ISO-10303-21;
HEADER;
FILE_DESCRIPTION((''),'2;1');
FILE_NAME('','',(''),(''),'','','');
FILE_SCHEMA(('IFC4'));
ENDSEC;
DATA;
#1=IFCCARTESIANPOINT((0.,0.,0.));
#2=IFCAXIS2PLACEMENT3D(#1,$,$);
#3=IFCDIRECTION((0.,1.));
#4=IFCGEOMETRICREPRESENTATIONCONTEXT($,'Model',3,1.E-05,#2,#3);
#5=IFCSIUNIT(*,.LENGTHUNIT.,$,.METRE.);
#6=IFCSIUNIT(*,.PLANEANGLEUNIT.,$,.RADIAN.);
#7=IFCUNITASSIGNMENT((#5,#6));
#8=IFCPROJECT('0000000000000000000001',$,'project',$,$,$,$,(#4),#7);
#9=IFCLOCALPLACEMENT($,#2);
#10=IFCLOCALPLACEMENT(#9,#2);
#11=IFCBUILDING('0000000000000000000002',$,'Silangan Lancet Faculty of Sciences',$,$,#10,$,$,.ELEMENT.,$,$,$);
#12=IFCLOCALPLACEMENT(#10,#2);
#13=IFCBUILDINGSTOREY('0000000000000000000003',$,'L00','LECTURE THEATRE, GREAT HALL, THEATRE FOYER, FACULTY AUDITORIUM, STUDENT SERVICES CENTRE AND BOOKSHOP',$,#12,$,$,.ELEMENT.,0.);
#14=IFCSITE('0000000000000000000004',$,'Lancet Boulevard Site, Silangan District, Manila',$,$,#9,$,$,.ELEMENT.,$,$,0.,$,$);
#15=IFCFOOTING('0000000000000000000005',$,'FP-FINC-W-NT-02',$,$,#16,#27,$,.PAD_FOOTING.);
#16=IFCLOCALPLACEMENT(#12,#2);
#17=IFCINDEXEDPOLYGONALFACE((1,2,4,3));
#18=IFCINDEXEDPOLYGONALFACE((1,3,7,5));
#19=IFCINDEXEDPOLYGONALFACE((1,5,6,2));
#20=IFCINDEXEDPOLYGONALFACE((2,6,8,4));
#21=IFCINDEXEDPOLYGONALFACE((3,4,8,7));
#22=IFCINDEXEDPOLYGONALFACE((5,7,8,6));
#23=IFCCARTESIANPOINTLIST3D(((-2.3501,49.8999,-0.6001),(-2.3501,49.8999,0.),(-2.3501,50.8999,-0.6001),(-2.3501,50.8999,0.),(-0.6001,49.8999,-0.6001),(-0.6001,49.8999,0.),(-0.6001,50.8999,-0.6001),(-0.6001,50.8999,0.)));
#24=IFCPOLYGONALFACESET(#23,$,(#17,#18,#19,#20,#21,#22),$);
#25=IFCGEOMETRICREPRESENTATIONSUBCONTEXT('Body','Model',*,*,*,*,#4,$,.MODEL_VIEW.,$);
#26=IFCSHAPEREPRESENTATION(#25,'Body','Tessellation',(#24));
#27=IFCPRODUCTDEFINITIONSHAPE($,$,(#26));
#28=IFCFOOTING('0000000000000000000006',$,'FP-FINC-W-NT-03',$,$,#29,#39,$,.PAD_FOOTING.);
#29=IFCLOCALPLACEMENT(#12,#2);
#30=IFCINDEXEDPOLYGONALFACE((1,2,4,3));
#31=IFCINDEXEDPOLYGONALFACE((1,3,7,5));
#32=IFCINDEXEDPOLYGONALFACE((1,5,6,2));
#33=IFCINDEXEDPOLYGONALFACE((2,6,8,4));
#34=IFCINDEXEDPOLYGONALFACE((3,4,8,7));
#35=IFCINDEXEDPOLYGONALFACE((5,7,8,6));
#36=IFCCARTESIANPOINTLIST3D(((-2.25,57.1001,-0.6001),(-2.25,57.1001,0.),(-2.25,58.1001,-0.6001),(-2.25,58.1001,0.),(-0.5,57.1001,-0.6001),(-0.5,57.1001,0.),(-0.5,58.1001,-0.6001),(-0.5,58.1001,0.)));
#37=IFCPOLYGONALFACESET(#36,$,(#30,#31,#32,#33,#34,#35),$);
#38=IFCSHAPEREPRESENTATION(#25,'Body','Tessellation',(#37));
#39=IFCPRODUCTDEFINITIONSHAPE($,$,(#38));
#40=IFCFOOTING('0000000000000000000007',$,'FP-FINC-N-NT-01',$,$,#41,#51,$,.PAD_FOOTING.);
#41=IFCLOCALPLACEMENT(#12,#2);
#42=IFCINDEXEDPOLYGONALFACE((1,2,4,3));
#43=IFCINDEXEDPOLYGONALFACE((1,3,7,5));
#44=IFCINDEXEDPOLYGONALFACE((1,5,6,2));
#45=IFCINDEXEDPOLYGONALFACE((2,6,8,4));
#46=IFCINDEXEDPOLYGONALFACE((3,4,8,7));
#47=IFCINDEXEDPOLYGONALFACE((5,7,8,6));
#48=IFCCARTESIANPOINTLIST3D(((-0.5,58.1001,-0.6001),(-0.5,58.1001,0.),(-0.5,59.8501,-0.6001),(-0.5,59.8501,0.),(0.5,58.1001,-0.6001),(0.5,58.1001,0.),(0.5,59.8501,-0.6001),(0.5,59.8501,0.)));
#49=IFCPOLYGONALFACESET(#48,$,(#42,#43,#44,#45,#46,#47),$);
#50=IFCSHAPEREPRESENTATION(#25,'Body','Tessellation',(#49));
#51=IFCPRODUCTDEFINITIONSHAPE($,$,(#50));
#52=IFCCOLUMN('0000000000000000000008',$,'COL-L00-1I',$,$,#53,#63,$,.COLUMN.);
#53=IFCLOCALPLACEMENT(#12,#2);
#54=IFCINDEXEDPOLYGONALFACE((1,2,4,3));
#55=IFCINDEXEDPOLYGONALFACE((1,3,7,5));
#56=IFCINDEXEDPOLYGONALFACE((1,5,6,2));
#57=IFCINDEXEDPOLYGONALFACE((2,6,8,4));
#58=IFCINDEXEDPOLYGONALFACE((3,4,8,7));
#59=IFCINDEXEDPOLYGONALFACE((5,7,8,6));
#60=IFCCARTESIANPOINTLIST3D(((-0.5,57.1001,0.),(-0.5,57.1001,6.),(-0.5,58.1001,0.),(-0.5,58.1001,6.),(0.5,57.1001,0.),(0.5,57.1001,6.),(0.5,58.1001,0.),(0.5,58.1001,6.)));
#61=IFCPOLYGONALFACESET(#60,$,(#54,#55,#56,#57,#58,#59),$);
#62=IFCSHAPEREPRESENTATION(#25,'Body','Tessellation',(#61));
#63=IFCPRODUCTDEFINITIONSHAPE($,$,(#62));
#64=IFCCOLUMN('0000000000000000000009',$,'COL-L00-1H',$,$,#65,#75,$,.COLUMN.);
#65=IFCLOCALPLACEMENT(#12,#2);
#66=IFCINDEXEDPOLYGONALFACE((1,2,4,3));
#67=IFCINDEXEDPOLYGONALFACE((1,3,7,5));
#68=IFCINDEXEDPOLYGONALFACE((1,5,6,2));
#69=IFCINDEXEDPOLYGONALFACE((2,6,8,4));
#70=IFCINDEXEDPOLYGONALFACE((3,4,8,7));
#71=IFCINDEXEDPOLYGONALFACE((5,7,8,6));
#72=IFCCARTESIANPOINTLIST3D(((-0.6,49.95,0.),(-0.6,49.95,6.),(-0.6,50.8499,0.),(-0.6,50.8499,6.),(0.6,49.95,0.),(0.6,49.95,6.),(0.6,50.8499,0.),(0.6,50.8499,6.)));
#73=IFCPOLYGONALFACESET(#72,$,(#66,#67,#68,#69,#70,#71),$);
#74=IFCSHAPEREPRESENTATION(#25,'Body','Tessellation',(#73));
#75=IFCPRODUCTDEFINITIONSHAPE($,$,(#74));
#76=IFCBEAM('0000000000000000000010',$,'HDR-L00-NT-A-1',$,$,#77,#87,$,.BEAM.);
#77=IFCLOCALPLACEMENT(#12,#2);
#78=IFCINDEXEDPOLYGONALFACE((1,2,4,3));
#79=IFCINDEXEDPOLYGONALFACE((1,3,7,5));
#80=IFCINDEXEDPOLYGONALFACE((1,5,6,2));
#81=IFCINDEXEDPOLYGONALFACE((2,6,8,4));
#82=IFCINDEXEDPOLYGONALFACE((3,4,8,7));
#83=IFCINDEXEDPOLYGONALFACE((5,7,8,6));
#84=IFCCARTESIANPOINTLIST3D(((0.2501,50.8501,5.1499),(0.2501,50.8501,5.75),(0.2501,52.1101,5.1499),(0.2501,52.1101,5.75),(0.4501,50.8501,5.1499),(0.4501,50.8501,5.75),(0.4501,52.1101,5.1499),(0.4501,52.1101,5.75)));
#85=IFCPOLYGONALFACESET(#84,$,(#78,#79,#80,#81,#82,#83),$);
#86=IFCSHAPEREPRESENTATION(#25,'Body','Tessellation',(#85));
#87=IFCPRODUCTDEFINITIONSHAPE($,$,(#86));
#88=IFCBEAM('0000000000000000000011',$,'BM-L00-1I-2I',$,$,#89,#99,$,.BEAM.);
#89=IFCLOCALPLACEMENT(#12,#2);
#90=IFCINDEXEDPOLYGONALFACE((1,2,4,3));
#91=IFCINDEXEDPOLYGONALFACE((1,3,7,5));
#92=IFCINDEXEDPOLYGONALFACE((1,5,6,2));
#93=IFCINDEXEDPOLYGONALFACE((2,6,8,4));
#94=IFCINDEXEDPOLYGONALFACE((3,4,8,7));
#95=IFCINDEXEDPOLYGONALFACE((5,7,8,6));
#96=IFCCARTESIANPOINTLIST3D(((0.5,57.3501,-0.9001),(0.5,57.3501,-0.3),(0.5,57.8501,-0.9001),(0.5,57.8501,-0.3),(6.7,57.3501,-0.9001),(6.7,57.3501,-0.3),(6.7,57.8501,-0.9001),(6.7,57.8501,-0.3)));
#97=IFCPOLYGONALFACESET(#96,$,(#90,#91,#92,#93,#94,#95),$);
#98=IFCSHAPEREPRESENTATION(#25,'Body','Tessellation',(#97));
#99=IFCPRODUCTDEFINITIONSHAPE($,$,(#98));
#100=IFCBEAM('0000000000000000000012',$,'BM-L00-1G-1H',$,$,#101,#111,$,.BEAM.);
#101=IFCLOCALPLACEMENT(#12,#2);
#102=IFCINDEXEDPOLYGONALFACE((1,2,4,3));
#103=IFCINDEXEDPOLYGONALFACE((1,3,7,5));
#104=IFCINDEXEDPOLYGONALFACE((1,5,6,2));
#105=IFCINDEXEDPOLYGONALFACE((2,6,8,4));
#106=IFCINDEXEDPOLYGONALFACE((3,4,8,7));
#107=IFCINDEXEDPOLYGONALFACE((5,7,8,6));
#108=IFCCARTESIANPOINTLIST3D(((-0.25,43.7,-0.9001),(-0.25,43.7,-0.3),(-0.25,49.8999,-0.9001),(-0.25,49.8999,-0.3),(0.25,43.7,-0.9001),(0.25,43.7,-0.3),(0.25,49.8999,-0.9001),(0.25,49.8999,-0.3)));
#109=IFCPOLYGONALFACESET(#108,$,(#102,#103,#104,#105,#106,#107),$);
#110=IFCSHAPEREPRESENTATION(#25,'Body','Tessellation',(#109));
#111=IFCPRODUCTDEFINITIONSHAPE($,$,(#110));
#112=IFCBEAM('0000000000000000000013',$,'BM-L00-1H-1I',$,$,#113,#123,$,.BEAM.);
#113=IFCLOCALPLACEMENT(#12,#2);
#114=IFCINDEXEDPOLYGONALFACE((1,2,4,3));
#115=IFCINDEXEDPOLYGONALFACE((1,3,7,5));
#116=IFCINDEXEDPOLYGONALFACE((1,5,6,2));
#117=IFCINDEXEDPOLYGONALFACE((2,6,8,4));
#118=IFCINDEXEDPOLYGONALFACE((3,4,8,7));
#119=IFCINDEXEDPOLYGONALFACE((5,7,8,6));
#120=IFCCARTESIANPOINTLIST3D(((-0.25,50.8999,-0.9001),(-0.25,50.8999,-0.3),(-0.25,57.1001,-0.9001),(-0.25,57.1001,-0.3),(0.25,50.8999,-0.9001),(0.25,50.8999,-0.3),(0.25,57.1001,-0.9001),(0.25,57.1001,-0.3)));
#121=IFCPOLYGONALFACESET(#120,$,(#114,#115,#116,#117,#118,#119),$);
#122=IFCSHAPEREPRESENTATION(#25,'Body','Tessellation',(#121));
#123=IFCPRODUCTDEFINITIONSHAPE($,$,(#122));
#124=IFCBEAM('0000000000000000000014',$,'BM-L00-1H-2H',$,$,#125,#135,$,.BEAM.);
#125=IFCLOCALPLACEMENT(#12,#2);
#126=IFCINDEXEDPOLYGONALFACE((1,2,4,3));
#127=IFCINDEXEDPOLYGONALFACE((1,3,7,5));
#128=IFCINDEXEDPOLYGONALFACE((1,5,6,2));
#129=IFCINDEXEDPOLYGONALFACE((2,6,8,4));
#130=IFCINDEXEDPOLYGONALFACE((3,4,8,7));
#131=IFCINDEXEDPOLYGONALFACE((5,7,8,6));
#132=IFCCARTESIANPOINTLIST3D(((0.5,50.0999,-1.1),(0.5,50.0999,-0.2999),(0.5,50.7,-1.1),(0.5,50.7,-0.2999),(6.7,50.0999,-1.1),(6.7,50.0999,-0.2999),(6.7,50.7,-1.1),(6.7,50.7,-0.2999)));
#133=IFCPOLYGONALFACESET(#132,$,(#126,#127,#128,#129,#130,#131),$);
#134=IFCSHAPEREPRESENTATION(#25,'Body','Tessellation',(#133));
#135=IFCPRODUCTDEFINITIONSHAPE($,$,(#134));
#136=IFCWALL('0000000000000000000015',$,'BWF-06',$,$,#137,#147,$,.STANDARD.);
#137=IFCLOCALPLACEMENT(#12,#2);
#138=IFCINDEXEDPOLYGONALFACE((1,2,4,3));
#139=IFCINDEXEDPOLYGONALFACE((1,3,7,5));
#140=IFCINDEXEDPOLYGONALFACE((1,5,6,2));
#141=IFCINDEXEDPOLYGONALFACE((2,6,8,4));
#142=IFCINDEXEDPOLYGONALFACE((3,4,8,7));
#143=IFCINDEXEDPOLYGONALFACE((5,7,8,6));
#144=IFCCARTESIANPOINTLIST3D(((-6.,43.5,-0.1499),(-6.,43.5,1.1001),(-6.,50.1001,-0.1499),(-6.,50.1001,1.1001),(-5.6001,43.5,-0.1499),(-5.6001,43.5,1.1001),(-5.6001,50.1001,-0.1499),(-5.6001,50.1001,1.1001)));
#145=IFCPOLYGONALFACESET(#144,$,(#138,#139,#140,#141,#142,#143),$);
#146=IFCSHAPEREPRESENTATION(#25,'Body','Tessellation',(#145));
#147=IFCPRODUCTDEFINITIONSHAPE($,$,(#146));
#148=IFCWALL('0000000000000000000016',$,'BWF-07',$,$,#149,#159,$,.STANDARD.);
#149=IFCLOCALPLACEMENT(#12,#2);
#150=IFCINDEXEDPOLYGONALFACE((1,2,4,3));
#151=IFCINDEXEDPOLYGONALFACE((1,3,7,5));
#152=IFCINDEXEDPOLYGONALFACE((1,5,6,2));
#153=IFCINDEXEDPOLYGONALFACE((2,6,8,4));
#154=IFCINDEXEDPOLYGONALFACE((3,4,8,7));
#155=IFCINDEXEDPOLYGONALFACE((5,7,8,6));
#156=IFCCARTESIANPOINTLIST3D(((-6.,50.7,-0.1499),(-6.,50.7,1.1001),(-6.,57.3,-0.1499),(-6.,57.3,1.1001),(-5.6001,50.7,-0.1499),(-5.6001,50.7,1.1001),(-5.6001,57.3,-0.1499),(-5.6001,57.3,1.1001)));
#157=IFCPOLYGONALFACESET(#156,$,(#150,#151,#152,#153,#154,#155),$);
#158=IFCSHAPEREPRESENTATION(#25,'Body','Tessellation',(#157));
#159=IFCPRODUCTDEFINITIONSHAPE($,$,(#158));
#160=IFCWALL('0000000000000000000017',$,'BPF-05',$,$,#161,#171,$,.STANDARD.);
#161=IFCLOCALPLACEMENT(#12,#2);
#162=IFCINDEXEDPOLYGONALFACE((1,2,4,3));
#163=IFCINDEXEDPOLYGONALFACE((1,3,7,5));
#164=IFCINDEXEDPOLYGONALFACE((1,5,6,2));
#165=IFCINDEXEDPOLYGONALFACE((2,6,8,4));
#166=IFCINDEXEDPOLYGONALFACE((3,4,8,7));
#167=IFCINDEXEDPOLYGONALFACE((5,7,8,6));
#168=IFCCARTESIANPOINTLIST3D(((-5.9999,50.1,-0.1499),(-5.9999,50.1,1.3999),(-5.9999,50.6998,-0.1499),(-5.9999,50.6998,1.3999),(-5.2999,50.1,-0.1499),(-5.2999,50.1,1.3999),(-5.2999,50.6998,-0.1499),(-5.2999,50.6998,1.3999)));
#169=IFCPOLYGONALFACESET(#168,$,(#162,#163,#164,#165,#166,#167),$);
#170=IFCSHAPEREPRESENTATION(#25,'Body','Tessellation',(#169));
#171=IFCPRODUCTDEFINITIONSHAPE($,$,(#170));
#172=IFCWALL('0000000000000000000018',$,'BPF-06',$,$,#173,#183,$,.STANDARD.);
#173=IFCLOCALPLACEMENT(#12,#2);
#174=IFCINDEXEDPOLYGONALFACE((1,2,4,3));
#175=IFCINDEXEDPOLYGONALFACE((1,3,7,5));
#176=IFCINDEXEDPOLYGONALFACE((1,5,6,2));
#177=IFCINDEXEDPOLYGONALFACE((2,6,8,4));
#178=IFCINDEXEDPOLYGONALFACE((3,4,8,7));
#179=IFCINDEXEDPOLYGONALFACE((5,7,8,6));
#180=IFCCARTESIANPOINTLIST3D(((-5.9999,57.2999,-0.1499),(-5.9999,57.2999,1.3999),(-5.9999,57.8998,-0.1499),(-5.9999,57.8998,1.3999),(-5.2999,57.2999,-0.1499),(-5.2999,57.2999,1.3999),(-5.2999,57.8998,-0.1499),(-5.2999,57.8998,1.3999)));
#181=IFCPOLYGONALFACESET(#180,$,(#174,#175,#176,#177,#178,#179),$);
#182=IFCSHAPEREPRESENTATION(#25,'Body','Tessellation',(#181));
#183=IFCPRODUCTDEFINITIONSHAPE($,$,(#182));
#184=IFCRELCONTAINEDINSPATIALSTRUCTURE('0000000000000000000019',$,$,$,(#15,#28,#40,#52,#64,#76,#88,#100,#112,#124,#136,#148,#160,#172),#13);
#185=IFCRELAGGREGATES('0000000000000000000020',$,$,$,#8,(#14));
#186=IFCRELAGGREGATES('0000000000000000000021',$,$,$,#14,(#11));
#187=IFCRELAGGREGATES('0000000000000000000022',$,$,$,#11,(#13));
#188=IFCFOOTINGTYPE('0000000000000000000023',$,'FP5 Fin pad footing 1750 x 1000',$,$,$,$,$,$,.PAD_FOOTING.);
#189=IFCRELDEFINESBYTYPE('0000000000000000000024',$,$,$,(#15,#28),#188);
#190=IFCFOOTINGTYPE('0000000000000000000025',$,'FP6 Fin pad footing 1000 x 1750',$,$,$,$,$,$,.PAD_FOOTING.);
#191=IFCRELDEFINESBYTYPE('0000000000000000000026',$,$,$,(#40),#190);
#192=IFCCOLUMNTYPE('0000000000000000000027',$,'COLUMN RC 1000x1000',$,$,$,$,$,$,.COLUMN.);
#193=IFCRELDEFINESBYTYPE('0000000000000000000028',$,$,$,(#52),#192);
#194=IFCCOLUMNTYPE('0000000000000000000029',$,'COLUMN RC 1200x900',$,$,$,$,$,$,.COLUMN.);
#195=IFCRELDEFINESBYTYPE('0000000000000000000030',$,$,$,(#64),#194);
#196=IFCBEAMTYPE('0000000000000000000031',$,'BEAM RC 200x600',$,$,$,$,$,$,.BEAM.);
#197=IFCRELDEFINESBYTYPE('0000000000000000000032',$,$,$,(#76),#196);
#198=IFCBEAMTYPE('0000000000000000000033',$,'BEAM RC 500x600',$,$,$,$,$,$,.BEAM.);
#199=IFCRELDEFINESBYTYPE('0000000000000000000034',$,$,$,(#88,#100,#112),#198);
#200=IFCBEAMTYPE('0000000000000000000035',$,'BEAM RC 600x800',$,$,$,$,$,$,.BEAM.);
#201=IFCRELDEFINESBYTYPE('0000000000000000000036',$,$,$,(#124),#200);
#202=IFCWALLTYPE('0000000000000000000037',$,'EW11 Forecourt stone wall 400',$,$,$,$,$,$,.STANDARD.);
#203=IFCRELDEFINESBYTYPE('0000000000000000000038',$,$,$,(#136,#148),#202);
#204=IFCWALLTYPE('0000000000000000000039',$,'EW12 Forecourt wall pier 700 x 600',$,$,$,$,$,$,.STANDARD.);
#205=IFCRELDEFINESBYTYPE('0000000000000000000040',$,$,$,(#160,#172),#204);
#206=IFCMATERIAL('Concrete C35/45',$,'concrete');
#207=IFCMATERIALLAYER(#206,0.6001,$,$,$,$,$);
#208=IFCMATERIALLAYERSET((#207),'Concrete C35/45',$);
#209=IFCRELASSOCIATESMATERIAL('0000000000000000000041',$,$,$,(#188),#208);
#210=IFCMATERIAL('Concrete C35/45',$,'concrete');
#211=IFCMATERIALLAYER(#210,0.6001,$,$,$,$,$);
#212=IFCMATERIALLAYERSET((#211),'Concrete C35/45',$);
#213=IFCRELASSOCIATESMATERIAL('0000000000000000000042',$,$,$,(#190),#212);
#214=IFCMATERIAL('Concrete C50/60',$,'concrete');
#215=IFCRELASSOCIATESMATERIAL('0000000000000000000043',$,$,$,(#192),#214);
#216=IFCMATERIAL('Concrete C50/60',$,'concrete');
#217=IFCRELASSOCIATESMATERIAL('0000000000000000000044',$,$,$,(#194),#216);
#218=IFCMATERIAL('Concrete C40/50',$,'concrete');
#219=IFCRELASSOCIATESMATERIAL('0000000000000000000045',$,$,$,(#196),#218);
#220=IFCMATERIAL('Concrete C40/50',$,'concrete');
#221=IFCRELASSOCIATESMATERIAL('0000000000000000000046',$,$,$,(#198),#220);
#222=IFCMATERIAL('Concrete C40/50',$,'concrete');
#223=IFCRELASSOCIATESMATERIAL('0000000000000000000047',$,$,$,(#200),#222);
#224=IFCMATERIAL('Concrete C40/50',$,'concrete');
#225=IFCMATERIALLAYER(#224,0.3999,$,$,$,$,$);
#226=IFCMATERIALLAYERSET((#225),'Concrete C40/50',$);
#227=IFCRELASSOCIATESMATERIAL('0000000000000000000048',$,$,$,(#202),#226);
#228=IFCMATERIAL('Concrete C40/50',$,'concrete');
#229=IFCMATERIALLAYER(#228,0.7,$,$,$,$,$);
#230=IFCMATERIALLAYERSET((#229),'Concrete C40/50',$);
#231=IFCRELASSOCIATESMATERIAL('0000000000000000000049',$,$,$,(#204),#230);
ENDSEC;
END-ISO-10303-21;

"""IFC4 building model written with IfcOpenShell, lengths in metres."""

from ifc_helpers import new_model, si_unit, direction, frame, frame_2d, origin, origin_2d, place, context, subcontext, project, spatial, rectangle, extrude, material, layer, layer_set, material_profile, profile_set, type_object, element, save


model = new_model("IFC4")

# Units and contexts
model_context = context("Model", 3, precision=1e-05, world=origin(), true_north=direction((0.0, 1.0)))
body_context = subcontext(model_context, "Body", "Model", "MODEL_VIEW")
ifc_project = project(units=[si_unit("LENGTHUNIT", "METRE"), si_unit("PLANEANGLEUNIT", "RADIAN")], contexts=[model_context])

# Site, building, storey
site_placement = place(None, origin())
site = spatial("IfcSite", under=ifc_project, at=site_placement, Name="Lancet Boulevard Site, Silangan District, Manila", CompositionType="ELEMENT", RefElevation=0.0)
building_placement = place(site_placement, origin())
building = spatial("IfcBuilding", under=site, at=building_placement, Name="Silangan Lancet Faculty of Sciences", CompositionType="ELEMENT")
storey_placement = place(building_placement, origin())
storey = spatial("IfcBuildingStorey", under=building, at=storey_placement, Name="L00", Description="LECTURE THEATRE, GREAT HALL, THEATRE FOYER, FACULTY AUDITORIUM, STUDENT SERVICES CENTRE AND BOOKSHOP", CompositionType="ELEMENT", Elevation=0.0)

# Footings
ifc_material_1 = material(Name="Concrete C35/45", Category="concrete")
ifc_layer_1 = layer(ifc_material_1, 0.6001)
ifc_layer_set_1 = layer_set([ifc_layer_1], Name="Concrete C35/45")
footing_type_1 = type_object("IfcFootingType", Name="FP5 Fin pad footing 1750 x 1000", PredefinedType="PAD_FOOTING", material=ifc_layer_set_1)
for number, where, z_axis, x_axis, name in (
    (1, (-1.4751, 50.3999, -0.6001), (0.0, 0.0, 1.0), (1.0, 0.0, 0.0), "FP-FINC-W-NT-02"),
    (2, (-1.375, 57.6001, -0.6001), (0.0, 0.0, 1.0), (1.0, 0.0, 0.0), "FP-FINC-W-NT-03"),
):
    element("IfcFooting", number, at=place(storey_placement, frame(where, z_axis=z_axis, x_axis=x_axis)), inside=storey, type_object=footing_type_1, Name=name, PredefinedType="PAD_FOOTING", context=body_context, shape_type="SweptSolid", body=[
        extrude(rectangle(XDim=1.75, YDim=1.0, at=origin_2d()), origin(), (0.0, 0.0, 1.0), 0.6001),
    ])
ifc_material_2 = material(Name="Concrete C35/45", Category="concrete")
ifc_layer_2 = layer(ifc_material_2, 0.6001)
ifc_layer_set_2 = layer_set([ifc_layer_2], Name="Concrete C35/45")
footing_type_2 = type_object("IfcFootingType", Name="FP6 Fin pad footing 1000 x 1750", PredefinedType="PAD_FOOTING", material=ifc_layer_set_2)
footing_placement = place(storey_placement, frame((0.0, 58.9751, -0.6001), z_axis=(0.0, 0.0, 1.0), x_axis=(1.0, 0.0, 0.0)))
element("IfcFooting", 3, at=footing_placement, inside=storey, type_object=footing_type_2, Name="FP-FINC-N-NT-01", PredefinedType="PAD_FOOTING", context=body_context, shape_type="SweptSolid", body=[
    extrude(rectangle(XDim=1.0, YDim=1.75, at=origin_2d()), origin(), (0.0, 0.0, 1.0), 0.6001),
])

# Columns
ifc_material_3 = material(Name="Concrete C50/60", Category="concrete")
ifc_material_profile_1 = material_profile(ifc_material_3, rectangle(XDim=1.0, YDim=1.0, at=origin_2d()), Name="RC 1000x1000")
ifc_profile_set_1 = profile_set([ifc_material_profile_1], Name="Concrete C50/60")
column_type_1 = type_object("IfcColumnType", Name="COLUMN RC 1000x1000", PredefinedType="COLUMN", material=ifc_profile_set_1)
column_1_placement = place(storey_placement, frame((0.0, 57.6001, 0.0), z_axis=(0.0, 0.0, 1.0), x_axis=(1.0, 0.0, 0.0)))
element("IfcColumn", 4, at=column_1_placement, inside=storey, type_object=column_type_1, Name="COL-L00-1I", PredefinedType="COLUMN", context=body_context, shape_type="SweptSolid", body=[
    extrude(rectangle(XDim=1.0, YDim=1.0, at=origin_2d()), origin(), (0.0, 0.0, 1.0), 6.0),
])
ifc_material_4 = material(Name="Concrete C50/60", Category="concrete")
ifc_material_profile_2 = material_profile(ifc_material_4, rectangle(XDim=1.2, YDim=0.8999, at=origin_2d()), Name="RC 1200x900")
ifc_profile_set_2 = profile_set([ifc_material_profile_2], Name="Concrete C50/60")
column_type_2 = type_object("IfcColumnType", Name="COLUMN RC 1200x900", PredefinedType="COLUMN", material=ifc_profile_set_2)
column_2_placement = place(storey_placement, frame((0.0, 50.3999, 0.0), z_axis=(0.0, 0.0, 1.0), x_axis=(1.0, 0.0, 0.0)))
element("IfcColumn", 5, at=column_2_placement, inside=storey, type_object=column_type_2, Name="COL-L00-1H", PredefinedType="COLUMN", context=body_context, shape_type="SweptSolid", body=[
    extrude(rectangle(XDim=1.2, YDim=0.8999, at=origin_2d()), origin(), (0.0, 0.0, 1.0), 6.0),
])

# Beams
ifc_material_5 = material(Name="Concrete C40/50", Category="concrete")
ifc_material_profile_3 = material_profile(ifc_material_5, rectangle(XDim=0.2, YDim=0.6001, at=origin_2d()), Name="RC 200x600")
ifc_profile_set_3 = profile_set([ifc_material_profile_3], Name="Concrete C40/50")
beam_type_1 = type_object("IfcBeamType", Name="BEAM RC 200x600", PredefinedType="BEAM", material=ifc_profile_set_3)
beam_1_placement = place(storey_placement, frame((0.3501, 50.8501, 5.45), z_axis=(0.0, 1.0, 0.0), x_axis=(-1.0, 0.0, 0.0)))
element("IfcBeam", 6, at=beam_1_placement, inside=storey, type_object=beam_type_1, Name="HDR-L00-NT-A-1", PredefinedType="BEAM", context=body_context, shape_type="SweptSolid", body=[
    extrude(rectangle(XDim=0.2, YDim=0.6001, at=origin_2d()), origin(), (0.0, 0.0, 1.0), 1.26),
])
ifc_material_6 = material(Name="Concrete C40/50", Category="concrete")
ifc_material_profile_4 = material_profile(ifc_material_6, rectangle(XDim=0.5, YDim=0.6001, at=origin_2d()), Name="RC 500x600")
ifc_profile_set_4 = profile_set([ifc_material_profile_4], Name="Concrete C40/50")
beam_type_2 = type_object("IfcBeamType", Name="BEAM RC 500x600", PredefinedType="BEAM", material=ifc_profile_set_4)
for number, where, z_axis, x_axis, name in (
    (7, (0.5, 57.6001, -0.6001), (1.0, 0.0, 0.0), (0.0, 1.0, 0.0), "BM-L00-1I-2I"),
    (8, (0.0, 43.7, -0.6001), (0.0, 1.0, 0.0), (-1.0, 0.0, 0.0), "BM-L00-1G-1H"),
):
    element("IfcBeam", number, at=place(storey_placement, frame(where, z_axis=z_axis, x_axis=x_axis)), inside=storey, type_object=beam_type_2, Name=name, PredefinedType="BEAM", context=body_context, shape_type="SweptSolid", body=[
        extrude(rectangle(XDim=0.5, YDim=0.6001, at=origin_2d()), origin(), (0.0, 0.0, 1.0), 6.2),
    ])
beam_2_placement = place(storey_placement, frame((0.0, 50.8999, -0.6001), z_axis=(0.0, 1.0, 0.0), x_axis=(-1.0, 0.0, 0.0)))
element("IfcBeam", 9, at=beam_2_placement, inside=storey, type_object=beam_type_2, Name="BM-L00-1H-1I", PredefinedType="BEAM", context=body_context, shape_type="SweptSolid", body=[
    extrude(rectangle(XDim=0.5, YDim=0.6001, at=origin_2d()), origin(), (0.0, 0.0, 1.0), 6.2002),
])
ifc_material_7 = material(Name="Concrete C40/50", Category="concrete")
ifc_material_profile_5 = material_profile(ifc_material_7, rectangle(XDim=0.6001, YDim=0.8, at=origin_2d()), Name="RC 600x800")
ifc_profile_set_5 = profile_set([ifc_material_profile_5], Name="Concrete C40/50")
beam_type_3 = type_object("IfcBeamType", Name="BEAM RC 600x800", PredefinedType="BEAM", material=ifc_profile_set_5)
beam_3_placement = place(storey_placement, frame((0.5, 50.3999, -0.7), z_axis=(1.0, 0.0, 0.0), x_axis=(0.0, 1.0, 0.0)))
element("IfcBeam", 10, at=beam_3_placement, inside=storey, type_object=beam_type_3, Name="BM-L00-1H-2H", PredefinedType="BEAM", context=body_context, shape_type="SweptSolid", body=[
    extrude(rectangle(XDim=0.6001, YDim=0.8, at=origin_2d()), origin(), (0.0, 0.0, 1.0), 6.2),
])

# Walls
ifc_material_8 = material(Name="Concrete C40/50", Category="concrete")
ifc_layer_3 = layer(ifc_material_8, 0.3999)
ifc_layer_set_3 = layer_set([ifc_layer_3], Name="Concrete C40/50")
wall_type_1 = type_object("IfcWallType", Name="EW11 Forecourt stone wall 400", PredefinedType="STANDARD", material=ifc_layer_set_3)
for number, where, z_axis, x_axis, name in (
    (11, (-5.8, 43.5, -0.1499), (0.0, 0.0, 1.0), (0.0, 1.0, 0.0), "BWF-06"),
    (12, (-5.8, 50.7, -0.1499), (0.0, 0.0, 1.0), (0.0, 1.0, 0.0), "BWF-07"),
):
    element("IfcWall", number, at=place(storey_placement, frame(where, z_axis=z_axis, x_axis=x_axis)), inside=storey, type_object=wall_type_1, Name=name, PredefinedType="STANDARD", context=body_context, shape_type="SweptSolid", body=[
        extrude(rectangle(XDim=6.6001, YDim=0.3999, at=frame_2d((3.3, 0.0))), origin(), (0.0, 0.0, 1.0), 1.25),
    ])
ifc_material_9 = material(Name="Concrete C40/50", Category="concrete")
ifc_layer_4 = layer(ifc_material_9, 0.7)
ifc_layer_set_4 = layer_set([ifc_layer_4], Name="Concrete C40/50")
wall_type_2 = type_object("IfcWallType", Name="EW12 Forecourt wall pier 700 x 600", PredefinedType="STANDARD", material=ifc_layer_set_4)
for number, where, z_axis, x_axis, name in (
    (13, (-5.6499, 50.1001, -0.1499), (0.0, 0.0, 1.0), (0.0, 1.0, 0.0), "BPF-05"),
    (14, (-5.6499, 57.3, -0.1499), (0.0, 0.0, 1.0), (0.0, 1.0, 0.0), "BPF-06"),
):
    element("IfcWall", number, at=place(storey_placement, frame(where, z_axis=z_axis, x_axis=x_axis)), inside=storey, type_object=wall_type_2, Name=name, PredefinedType="STANDARD", context=body_context, shape_type="SweptSolid", body=[
        extrude(rectangle(XDim=0.5999, YDim=0.7, at=frame_2d((0.2998, 0.0))), origin(), (0.0, 0.0, 1.0), 1.5498),
    ])

save(model, "model.ifc")
